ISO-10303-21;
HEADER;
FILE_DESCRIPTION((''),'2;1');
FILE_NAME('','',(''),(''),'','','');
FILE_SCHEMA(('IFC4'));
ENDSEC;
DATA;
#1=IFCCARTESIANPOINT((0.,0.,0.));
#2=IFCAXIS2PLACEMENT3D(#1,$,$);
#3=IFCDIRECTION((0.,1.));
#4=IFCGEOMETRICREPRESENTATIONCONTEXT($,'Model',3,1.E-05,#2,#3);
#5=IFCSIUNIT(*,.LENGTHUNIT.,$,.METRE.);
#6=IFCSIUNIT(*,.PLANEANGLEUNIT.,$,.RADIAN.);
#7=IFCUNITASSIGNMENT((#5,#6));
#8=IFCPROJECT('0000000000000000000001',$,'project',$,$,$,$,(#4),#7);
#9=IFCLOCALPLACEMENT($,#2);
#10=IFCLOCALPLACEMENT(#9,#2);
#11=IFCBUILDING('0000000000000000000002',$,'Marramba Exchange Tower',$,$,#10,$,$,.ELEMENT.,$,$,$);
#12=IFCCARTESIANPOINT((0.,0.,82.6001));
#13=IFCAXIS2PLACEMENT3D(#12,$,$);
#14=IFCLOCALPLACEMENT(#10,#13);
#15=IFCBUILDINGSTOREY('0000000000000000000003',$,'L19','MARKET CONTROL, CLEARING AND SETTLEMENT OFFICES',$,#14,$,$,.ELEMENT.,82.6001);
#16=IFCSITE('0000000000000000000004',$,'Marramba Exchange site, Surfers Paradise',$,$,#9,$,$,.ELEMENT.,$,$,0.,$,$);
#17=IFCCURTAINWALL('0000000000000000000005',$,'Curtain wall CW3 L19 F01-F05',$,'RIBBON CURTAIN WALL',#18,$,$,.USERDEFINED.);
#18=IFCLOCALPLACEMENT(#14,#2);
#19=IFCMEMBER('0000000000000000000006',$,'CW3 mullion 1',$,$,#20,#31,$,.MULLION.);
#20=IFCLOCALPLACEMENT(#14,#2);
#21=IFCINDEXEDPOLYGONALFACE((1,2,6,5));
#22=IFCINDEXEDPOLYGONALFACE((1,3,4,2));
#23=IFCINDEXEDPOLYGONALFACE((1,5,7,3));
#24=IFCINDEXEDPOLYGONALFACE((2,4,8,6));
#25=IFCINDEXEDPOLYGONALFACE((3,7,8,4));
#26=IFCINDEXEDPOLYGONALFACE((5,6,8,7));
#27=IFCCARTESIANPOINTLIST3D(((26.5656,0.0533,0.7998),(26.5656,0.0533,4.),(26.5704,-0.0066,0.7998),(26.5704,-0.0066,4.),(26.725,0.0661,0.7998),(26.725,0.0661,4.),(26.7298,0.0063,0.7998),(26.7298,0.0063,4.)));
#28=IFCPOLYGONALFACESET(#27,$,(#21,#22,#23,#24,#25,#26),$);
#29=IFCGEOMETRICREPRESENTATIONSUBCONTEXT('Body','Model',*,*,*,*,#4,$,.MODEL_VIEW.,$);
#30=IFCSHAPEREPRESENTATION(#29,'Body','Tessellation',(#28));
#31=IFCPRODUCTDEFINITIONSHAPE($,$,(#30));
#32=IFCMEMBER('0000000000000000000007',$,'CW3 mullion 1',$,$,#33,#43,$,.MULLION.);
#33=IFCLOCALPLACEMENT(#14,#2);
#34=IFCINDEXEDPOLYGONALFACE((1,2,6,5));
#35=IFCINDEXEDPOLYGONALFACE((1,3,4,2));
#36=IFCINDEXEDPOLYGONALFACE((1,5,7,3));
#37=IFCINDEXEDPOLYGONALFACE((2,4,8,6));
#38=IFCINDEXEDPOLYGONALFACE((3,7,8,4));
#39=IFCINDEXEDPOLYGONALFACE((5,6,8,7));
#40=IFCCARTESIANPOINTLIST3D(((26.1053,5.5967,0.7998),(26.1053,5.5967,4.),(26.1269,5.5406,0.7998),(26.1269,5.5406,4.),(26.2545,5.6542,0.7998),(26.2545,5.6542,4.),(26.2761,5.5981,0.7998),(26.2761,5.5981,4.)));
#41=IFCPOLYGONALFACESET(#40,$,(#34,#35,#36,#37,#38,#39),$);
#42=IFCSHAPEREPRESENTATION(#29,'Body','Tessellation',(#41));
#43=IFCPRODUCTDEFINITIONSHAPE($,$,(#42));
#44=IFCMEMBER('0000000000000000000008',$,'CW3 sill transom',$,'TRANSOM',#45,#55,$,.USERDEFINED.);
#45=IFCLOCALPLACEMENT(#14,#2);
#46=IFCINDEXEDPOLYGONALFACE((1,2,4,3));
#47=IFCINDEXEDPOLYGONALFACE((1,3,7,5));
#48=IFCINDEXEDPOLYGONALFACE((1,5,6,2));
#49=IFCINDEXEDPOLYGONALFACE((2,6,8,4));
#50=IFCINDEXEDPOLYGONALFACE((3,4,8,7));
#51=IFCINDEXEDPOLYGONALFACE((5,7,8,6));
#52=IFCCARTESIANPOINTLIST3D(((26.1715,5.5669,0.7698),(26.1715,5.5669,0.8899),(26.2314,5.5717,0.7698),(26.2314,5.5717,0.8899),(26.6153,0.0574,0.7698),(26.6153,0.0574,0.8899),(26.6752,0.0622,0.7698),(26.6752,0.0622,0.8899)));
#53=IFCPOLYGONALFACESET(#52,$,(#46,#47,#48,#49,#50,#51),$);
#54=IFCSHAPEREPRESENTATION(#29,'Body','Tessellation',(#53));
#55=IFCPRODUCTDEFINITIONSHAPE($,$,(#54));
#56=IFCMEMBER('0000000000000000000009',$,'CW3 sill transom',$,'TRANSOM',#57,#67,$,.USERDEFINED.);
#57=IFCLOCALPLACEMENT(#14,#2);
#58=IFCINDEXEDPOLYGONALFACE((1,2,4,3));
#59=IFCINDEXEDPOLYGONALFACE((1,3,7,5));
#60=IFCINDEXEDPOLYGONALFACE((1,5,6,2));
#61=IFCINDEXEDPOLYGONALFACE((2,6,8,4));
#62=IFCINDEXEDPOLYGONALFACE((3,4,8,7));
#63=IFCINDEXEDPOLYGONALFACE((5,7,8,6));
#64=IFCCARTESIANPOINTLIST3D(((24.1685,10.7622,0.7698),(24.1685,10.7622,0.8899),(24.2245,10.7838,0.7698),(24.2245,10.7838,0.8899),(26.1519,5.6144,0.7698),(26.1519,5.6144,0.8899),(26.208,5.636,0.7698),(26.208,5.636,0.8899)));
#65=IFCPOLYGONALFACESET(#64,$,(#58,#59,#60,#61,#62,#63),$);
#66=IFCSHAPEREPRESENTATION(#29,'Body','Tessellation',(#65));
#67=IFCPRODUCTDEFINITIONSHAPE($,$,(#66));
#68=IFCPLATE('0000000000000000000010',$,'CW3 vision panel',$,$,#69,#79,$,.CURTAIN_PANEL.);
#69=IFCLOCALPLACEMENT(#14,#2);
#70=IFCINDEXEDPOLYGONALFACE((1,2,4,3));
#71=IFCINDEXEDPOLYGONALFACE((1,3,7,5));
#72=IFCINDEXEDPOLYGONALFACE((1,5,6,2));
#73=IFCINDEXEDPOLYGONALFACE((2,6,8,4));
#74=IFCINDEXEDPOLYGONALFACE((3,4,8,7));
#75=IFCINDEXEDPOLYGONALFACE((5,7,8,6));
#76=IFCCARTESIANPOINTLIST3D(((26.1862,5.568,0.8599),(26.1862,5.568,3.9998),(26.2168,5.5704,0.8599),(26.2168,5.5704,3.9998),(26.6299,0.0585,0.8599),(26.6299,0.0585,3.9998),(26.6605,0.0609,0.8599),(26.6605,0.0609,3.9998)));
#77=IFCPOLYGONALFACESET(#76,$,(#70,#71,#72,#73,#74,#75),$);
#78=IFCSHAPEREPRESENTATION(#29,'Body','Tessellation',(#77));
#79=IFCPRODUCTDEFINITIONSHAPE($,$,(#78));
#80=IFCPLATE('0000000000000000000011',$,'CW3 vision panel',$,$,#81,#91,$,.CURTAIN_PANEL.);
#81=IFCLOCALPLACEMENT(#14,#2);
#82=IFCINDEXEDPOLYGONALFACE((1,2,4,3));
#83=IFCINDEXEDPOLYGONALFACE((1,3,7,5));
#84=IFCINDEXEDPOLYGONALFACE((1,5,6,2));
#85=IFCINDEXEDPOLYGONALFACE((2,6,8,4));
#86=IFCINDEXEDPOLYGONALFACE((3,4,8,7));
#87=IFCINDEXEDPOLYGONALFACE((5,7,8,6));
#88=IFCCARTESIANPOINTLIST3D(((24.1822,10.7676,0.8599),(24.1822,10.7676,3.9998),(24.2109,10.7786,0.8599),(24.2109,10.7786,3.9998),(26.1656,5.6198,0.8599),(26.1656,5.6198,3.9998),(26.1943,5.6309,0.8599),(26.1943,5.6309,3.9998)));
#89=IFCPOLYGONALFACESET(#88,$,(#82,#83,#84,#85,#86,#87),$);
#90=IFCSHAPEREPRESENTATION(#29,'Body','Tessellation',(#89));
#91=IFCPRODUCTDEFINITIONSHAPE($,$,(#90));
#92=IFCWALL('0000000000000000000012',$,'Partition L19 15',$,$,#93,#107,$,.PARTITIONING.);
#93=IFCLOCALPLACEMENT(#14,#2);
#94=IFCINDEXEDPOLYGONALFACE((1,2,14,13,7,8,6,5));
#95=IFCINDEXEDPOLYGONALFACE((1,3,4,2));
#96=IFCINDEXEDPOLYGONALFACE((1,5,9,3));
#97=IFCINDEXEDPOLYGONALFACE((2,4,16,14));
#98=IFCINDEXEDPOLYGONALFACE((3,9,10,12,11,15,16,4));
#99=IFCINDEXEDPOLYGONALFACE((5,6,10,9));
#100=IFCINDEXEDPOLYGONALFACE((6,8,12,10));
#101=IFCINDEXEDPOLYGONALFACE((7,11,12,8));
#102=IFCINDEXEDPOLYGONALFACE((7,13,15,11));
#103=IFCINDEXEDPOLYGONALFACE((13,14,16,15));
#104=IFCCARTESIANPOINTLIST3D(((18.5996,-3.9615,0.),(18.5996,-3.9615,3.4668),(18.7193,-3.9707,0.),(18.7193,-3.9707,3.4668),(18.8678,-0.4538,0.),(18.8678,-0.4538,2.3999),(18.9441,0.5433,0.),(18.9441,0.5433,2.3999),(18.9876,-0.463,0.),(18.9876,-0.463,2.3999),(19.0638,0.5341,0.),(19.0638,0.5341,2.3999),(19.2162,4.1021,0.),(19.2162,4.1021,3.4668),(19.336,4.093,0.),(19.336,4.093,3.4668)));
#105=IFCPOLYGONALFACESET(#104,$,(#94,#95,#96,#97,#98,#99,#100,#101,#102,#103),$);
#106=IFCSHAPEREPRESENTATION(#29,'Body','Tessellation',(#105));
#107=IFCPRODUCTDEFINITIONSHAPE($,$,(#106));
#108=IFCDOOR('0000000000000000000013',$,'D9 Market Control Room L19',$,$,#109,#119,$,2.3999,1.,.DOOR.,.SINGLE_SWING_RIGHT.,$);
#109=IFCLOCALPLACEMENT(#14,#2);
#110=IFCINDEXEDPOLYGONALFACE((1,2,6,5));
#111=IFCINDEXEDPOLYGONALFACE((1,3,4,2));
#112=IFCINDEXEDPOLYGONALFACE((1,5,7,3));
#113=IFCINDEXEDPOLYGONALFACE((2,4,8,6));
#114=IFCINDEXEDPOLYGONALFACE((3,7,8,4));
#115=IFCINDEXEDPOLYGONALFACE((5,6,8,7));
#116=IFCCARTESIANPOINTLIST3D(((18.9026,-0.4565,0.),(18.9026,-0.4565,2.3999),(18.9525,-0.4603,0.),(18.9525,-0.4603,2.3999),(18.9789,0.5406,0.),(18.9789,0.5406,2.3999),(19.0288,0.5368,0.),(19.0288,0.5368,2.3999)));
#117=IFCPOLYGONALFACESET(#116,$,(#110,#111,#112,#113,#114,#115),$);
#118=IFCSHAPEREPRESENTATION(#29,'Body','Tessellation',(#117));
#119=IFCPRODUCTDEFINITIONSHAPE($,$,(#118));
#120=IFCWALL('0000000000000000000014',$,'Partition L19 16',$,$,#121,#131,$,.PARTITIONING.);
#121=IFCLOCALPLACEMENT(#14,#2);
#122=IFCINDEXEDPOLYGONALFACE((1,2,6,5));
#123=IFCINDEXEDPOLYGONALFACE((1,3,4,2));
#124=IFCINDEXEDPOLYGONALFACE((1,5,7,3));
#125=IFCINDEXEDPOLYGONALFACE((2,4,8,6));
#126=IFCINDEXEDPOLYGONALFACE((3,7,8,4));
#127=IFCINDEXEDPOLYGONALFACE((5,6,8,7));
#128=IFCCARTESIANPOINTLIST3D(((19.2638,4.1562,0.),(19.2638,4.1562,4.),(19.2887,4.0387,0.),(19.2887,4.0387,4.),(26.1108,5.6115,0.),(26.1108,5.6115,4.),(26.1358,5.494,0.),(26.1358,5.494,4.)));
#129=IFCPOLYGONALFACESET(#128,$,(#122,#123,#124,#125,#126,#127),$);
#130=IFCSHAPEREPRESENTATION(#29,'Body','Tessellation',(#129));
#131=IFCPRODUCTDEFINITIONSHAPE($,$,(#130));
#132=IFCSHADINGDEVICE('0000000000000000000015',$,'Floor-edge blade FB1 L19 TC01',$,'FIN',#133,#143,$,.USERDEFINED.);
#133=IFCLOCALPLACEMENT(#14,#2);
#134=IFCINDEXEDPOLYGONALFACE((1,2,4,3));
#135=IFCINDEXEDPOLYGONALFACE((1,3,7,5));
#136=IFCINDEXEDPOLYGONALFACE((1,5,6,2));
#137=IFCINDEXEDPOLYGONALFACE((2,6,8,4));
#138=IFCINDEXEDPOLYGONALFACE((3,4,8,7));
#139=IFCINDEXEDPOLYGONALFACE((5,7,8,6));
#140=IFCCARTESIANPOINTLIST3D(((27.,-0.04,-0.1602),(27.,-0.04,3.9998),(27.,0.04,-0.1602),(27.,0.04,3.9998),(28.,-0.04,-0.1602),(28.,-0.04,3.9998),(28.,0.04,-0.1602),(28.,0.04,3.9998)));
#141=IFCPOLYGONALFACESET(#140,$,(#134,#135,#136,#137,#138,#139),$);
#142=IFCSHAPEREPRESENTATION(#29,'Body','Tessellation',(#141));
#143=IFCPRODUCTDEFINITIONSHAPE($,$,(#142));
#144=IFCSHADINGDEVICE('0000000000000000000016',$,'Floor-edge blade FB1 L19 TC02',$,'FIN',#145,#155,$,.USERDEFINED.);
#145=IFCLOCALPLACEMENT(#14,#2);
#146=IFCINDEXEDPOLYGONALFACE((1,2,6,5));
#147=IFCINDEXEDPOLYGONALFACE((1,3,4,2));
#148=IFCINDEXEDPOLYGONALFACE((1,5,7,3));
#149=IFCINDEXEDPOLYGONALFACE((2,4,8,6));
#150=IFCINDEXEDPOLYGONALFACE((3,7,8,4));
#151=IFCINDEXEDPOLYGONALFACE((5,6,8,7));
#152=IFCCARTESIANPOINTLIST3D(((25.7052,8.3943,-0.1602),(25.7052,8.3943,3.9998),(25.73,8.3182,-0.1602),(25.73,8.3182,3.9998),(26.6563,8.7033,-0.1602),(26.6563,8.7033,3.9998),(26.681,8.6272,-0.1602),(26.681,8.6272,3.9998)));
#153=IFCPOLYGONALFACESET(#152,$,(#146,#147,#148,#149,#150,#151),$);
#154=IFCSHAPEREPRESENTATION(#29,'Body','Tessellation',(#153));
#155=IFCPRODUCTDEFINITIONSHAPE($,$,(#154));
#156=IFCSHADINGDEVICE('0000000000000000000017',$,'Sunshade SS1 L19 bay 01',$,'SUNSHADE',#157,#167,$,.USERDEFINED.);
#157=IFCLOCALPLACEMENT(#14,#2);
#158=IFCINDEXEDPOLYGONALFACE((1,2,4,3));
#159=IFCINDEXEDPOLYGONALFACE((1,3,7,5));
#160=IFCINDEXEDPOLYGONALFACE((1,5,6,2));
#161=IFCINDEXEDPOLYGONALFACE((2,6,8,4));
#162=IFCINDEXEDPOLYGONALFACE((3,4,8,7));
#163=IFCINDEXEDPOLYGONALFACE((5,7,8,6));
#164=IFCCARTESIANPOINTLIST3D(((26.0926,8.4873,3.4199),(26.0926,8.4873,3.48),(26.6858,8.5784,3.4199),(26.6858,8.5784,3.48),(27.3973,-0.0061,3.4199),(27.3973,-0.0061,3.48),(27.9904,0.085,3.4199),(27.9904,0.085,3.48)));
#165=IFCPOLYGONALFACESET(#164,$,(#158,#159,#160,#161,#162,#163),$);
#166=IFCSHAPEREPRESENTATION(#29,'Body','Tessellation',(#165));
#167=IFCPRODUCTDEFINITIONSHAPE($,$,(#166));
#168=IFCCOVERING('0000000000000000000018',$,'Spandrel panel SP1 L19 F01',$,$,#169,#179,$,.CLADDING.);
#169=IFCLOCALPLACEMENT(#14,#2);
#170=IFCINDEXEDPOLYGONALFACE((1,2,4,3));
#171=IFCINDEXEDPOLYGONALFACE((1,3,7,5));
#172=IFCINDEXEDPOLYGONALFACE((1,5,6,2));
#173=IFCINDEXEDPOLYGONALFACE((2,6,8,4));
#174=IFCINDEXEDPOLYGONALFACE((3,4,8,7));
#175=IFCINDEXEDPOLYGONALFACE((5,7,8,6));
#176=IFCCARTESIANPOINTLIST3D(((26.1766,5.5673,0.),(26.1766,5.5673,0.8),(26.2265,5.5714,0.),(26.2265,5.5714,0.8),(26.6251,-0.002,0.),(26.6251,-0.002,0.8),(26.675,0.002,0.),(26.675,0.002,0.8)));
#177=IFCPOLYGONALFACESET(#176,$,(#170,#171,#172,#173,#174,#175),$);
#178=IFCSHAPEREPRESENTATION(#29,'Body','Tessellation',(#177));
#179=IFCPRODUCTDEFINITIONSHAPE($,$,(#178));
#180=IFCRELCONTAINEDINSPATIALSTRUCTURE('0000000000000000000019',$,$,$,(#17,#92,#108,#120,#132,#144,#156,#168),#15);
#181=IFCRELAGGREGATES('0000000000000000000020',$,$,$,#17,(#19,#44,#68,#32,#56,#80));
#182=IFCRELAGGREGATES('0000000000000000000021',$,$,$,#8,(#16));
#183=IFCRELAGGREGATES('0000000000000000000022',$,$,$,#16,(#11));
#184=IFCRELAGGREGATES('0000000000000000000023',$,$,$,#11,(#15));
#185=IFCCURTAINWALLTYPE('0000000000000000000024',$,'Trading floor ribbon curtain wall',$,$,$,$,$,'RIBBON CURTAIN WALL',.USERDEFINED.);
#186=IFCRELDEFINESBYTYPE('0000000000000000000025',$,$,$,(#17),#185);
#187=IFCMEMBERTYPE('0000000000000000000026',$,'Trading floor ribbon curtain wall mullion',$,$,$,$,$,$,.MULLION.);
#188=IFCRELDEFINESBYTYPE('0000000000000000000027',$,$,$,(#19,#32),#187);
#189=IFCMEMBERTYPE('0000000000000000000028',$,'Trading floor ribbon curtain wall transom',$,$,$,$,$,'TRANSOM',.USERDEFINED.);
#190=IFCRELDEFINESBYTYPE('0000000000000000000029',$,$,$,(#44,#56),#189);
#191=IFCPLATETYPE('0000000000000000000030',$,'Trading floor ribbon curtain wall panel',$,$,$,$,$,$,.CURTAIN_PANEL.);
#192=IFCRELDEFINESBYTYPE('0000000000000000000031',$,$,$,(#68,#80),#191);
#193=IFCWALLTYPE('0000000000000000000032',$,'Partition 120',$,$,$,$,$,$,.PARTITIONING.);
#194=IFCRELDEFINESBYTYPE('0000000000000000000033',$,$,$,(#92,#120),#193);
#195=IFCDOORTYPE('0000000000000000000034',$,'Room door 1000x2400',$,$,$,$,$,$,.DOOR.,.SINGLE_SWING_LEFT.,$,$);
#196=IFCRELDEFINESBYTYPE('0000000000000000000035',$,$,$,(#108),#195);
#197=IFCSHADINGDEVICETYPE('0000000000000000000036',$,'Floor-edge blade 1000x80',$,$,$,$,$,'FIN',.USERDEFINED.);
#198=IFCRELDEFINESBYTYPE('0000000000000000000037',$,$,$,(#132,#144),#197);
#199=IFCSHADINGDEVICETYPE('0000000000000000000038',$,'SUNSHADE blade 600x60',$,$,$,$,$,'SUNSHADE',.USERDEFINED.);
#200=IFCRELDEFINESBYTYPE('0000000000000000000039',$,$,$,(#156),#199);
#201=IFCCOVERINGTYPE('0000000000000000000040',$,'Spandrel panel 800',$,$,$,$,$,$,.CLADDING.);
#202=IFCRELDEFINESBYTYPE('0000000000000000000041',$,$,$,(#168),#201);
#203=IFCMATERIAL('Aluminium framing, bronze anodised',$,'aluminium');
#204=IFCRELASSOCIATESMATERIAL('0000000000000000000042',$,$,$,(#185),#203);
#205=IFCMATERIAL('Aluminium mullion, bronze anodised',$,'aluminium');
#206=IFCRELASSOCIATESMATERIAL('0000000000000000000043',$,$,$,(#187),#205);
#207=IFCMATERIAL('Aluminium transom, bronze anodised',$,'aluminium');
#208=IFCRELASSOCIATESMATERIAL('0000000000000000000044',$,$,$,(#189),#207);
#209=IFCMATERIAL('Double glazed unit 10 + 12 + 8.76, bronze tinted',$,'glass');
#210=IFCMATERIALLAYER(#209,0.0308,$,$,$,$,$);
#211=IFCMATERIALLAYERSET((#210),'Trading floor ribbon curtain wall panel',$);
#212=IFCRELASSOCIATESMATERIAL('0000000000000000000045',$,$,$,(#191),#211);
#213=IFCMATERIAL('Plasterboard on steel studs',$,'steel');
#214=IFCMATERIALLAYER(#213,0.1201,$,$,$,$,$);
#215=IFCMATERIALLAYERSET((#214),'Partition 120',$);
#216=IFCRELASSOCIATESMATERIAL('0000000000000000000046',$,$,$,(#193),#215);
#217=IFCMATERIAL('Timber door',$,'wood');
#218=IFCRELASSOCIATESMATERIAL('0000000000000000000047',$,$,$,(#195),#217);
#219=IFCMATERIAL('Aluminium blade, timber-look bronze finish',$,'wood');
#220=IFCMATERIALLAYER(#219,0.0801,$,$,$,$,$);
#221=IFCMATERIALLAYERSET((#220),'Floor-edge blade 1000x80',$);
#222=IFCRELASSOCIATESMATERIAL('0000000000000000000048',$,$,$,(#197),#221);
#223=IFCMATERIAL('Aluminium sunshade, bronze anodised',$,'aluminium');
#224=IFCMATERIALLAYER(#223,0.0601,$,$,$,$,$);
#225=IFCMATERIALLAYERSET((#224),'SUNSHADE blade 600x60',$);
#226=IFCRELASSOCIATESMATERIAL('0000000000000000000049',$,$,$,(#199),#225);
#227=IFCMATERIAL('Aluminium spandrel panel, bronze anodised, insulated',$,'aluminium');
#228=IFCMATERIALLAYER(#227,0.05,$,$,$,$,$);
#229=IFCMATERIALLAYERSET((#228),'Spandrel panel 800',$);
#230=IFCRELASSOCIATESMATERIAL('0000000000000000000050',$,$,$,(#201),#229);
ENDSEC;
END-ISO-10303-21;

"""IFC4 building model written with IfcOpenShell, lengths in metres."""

from ifc_helpers import new_model, si_unit, direction, frame, frame_2d, origin, origin_2d, place, context, subcontext, project, spatial, rectangle, extrude, material, layer, layer_set, material_profile, profile_set, type_object, element, fill, aggregate, save


model = new_model("IFC4")

# Units and contexts
model_context = context("Model", 3, precision=1e-05, world=origin(), true_north=direction((0.0, 1.0)))
body_context = subcontext(model_context, "Body", "Model", "MODEL_VIEW")
ifc_project = project(units=[si_unit("LENGTHUNIT", "METRE"), si_unit("PLANEANGLEUNIT", "RADIAN")], contexts=[model_context])

# Site, building, storey
site_placement = place(None, origin())
site = spatial("IfcSite", under=ifc_project, at=site_placement, Name="Marramba Exchange site, Surfers Paradise", CompositionType="ELEMENT", RefElevation=0.0)
building_placement = place(site_placement, origin())
building = spatial("IfcBuilding", under=site, at=building_placement, Name="Marramba Exchange Tower", CompositionType="ELEMENT")
storey_placement = place(building_placement, frame((0.0, 0.0, 82.6001)))
storey = spatial("IfcBuildingStorey", under=building, at=storey_placement, Name="L19", Description="MARKET CONTROL, CLEARING AND SETTLEMENT OFFICES", CompositionType="ELEMENT", Elevation=82.6001)

# Curtain wall, members, plates
ifc_material_1 = material(Name="Aluminium framing, bronze anodised", Category="aluminium")
curtain_wall_type = type_object("IfcCurtainWallType", Name="Trading floor ribbon curtain wall", ElementType="RIBBON CURTAIN WALL", PredefinedType="USERDEFINED", material=ifc_material_1)
curtain_wall_placement = place(storey_placement, origin())
curtain_wall = element("IfcCurtainWall", 1, at=curtain_wall_placement, inside=storey, type_object=curtain_wall_type, Name="Curtain wall CW3 L19 F01-F05", ObjectType="RIBBON CURTAIN WALL", PredefinedType="USERDEFINED")
ifc_material_2 = material(Name="Aluminium mullion, bronze anodised", Category="aluminium")
ifc_material_profile_1 = material_profile(ifc_material_2, rectangle(XDim=0.1599, YDim=0.0601, at=origin_2d()), Name="CW3 mullion 60x160")
ifc_profile_set_1 = profile_set([ifc_material_profile_1], Name="Aluminium mullion, bronze anodised")
member_type_1 = type_object("IfcMemberType", Name="Trading floor ribbon curtain wall mullion", PredefinedType="MULLION", material=ifc_profile_set_1)
member_1_placement = place(storey_placement, frame((26.6477, 0.0298, 0.7998), z_axis=(0.0, 0.0, 1.0), x_axis=(-0.996773, -0.080275, 0.0)))
member_1 = element("IfcMember", 2, at=member_1_placement, type_object=member_type_1, Name="CW3 mullion 1", PredefinedType="MULLION", context=body_context, shape_type="SweptSolid", body=[
    extrude(rectangle(XDim=0.1599, YDim=0.0601, at=origin_2d()), origin(), (0.0, 0.0, 1.0), 3.2002),
])
member_2_placement = place(storey_placement, frame((26.1907, 5.5974, 0.7998), z_axis=(0.0, 0.0, 1.0), x_axis=(-0.933135, -0.359526, 0.0)))
member_2 = element("IfcMember", 3, at=member_2_placement, type_object=member_type_1, Name="CW3 mullion 1", PredefinedType="MULLION", context=body_context, shape_type="SweptSolid", body=[
    extrude(rectangle(XDim=0.1599, YDim=0.0601, at=origin_2d()), origin(), (0.0, 0.0, 1.0), 3.2002),
])
ifc_material_3 = material(Name="Aluminium transom, bronze anodised", Category="aluminium")
ifc_material_profile_2 = material_profile(ifc_material_3, rectangle(XDim=0.0601, YDim=0.1201, at=origin_2d()), Name="CW3 transom 60x120")
ifc_profile_set_2 = profile_set([ifc_material_profile_2], Name="Aluminium transom, bronze anodised")
member_type_2 = type_object("IfcMemberType", Name="Trading floor ribbon curtain wall transom", ElementType="TRANSOM", PredefinedType="USERDEFINED", material=ifc_profile_set_2)
member_3_placement = place(storey_placement, frame((26.6453, 0.0598, 0.8298), z_axis=(-0.0803, 0.996771, 0.0), x_axis=(-0.996771, -0.0803, 0.0)))
member_3 = element("IfcMember", 4, at=member_3_placement, type_object=member_type_2, Name="CW3 sill transom", ObjectType="TRANSOM", PredefinedType="USERDEFINED", context=body_context, shape_type="SweptSolid", body=[
    extrude(rectangle(XDim=0.0601, YDim=0.1201, at=origin_2d()), origin(), (0.0, 0.0, 1.0), 5.5273),
])
member_4_placement = place(storey_placement, frame((26.1799, 5.6252, 0.8298), z_axis=(-0.359534, 0.933132, 0.0), x_axis=(-0.933132, -0.359534, 0.0)))
member_4 = element("IfcMember", 5, at=member_4_placement, type_object=member_type_2, Name="CW3 sill transom", ObjectType="TRANSOM", PredefinedType="USERDEFINED", context=body_context, shape_type="SweptSolid", body=[
    extrude(rectangle(XDim=0.0601, YDim=0.1201, at=origin_2d()), origin(), (0.0, 0.0, 1.0), 5.5166),
])
ifc_material_4 = material(Name="Double glazed unit 10 + 12 + 8.76, bronze tinted", Category="glass")
ifc_layer_1 = layer(ifc_material_4, 0.0308)
ifc_layer_set_1 = layer_set([ifc_layer_1], Name="Trading floor ribbon curtain wall panel")
plate_type = type_object("IfcPlateType", Name="Trading floor ribbon curtain wall panel", PredefinedType="CURTAIN_PANEL", material=ifc_layer_set_1)
plate_1_placement = place(storey_placement, frame((26.4233, 2.8145, 0.8599), z_axis=(0.0, 0.0, 1.0), x_axis=(-0.080275, 0.996773, 0.0)))
plate_1 = element("IfcPlate", 6, at=plate_1_placement, type_object=plate_type, Name="CW3 vision panel", PredefinedType="CURTAIN_PANEL", context=body_context, shape_type="SweptSolid", body=[
    extrude(rectangle(XDim=5.5273, YDim=0.0308, at=origin_2d()), origin(), (0.0, 0.0, 1.0), 3.1399),
])
plate_2_placement = place(storey_placement, frame((25.1882, 8.1992, 0.8599), z_axis=(0.0, 0.0, 1.0), x_axis=(-0.359526, 0.933135, 0.0)))
plate_2 = element("IfcPlate", 7, at=plate_2_placement, type_object=plate_type, Name="CW3 vision panel", PredefinedType="CURTAIN_PANEL", context=body_context, shape_type="SweptSolid", body=[
    extrude(rectangle(XDim=5.5166, YDim=0.0308, at=origin_2d()), origin(), (0.0, 0.0, 1.0), 3.1399),
])
aggregate(curtain_wall, [member_1, member_3, plate_1, member_2, member_4, plate_2])

# Wall, opening, door
ifc_material_5 = material(Name="Plasterboard on steel studs", Category="steel")
ifc_layer_2 = layer(ifc_material_5, 0.1201)
ifc_layer_set_2 = layer_set([ifc_layer_2], Name="Partition 120")
wall_type = type_object("IfcWallType", Name="Partition 120", PredefinedType="PARTITIONING", material=ifc_layer_set_2)
wall_1_placement = place(storey_placement, frame((19.2761, 4.0974, 0.0), z_axis=(0.0, 0.0, 1.0), x_axis=(-0.076256, -0.997088, 0.0)))
wall_1 = element("IfcWall", 8, at=wall_1_placement, inside=storey, type_object=wall_type, Name="Partition L19 15", PredefinedType="PARTITIONING", context=body_context, shape_type="SweptSolid", body=[
    extrude(rectangle(XDim=8.0872, YDim=0.1201, at=frame_2d((4.0435, 0.0))), origin(), (0.0, 0.0, 1.0), 3.4668),
])
opening_placement = place(wall_1_placement, frame((3.5691, 0.0, 0.0)))
opening = element("IfcOpeningElement", 9, at=opening_placement, cuts=wall_1, PredefinedType="OPENING", context=body_context, shape_type="SweptSolid", body=[
    extrude(rectangle(XDim=1.0, YDim=2.3999, at=frame_2d((0.5, 1.2))), frame((0.0, 0.0701, 0.0), z_axis=(0.0, -1.0, 0.0), x_axis=(1.0, 0.0, 0.0)), (0.0, 0.0, 1.0), 0.1401),
])
ifc_material_6 = material(Name="Timber door", Category="wood")
door_type = type_object("IfcDoorType", Name="Room door 1000x2400", OperationType="SINGLE_SWING_LEFT", PredefinedType="DOOR", material=ifc_material_6)
door_placement = place(opening_placement, origin())
door = element("IfcDoor", 10, at=door_placement, inside=storey, type_object=door_type, Name="D9 Market Control Room L19", OperationType="SINGLE_SWING_RIGHT", OverallHeight=2.3999, OverallWidth=1.0, PredefinedType="DOOR", context=body_context, shape_type="SweptSolid", body=[
    extrude(rectangle(XDim=1.0, YDim=2.3999, at=frame_2d((0.5, 1.2))), frame((0.0, 0.0249, 0.0), z_axis=(0.0, -1.0, 0.0), x_axis=(1.0, 0.0, 0.0)), (0.0, 0.0, 1.0), 0.05),
])
fill(opening, door)

# Wall
wall_2_placement = place(storey_placement, frame((26.1233, 5.5527, 0.0), z_axis=(0.0, 0.0, 1.0), x_axis=(-0.97815, -0.2079, 0.0)))
element("IfcWall", 11, at=wall_2_placement, inside=storey, type_object=wall_type, Name="Partition L19 16", PredefinedType="PARTITIONING", context=body_context, shape_type="SweptSolid", body=[
    extrude(rectangle(XDim=7.0, YDim=0.1201, at=frame_2d((3.5, 0.0))), origin(), (0.0, 0.0, 1.0), 4.0),
])

# Shading devices
ifc_material_7 = material(Name="Aluminium blade, timber-look bronze finish", Category="wood")
ifc_layer_3 = layer(ifc_material_7, 0.0801)
ifc_layer_set_3 = layer_set([ifc_layer_3], Name="Floor-edge blade 1000x80")
shading_device_type_1 = type_object("IfcShadingDeviceType", Name="Floor-edge blade 1000x80", ElementType="FIN", PredefinedType="USERDEFINED", material=ifc_layer_set_3)
for number, where, z_axis, x_axis, name in (
    (12, (27.5, 0.0, -0.1602), (0.0, 0.0, 1.0), (1.0, 0.0, 0.0), "Floor-edge blade FB1 L19 TC01"),
    (13, (26.1931, 8.5107, -0.1602), (0.0, 0.0, 1.0), (0.951057, 0.309017, 0.0), "Floor-edge blade FB1 L19 TC02"),
):
    element("IfcShadingDevice", number, at=place(storey_placement, frame(where, z_axis=z_axis, x_axis=x_axis)), inside=storey, type_object=shading_device_type_1, Name=name, ObjectType="FIN", PredefinedType="USERDEFINED", context=body_context, shape_type="SweptSolid", body=[
        extrude(rectangle(XDim=1.0, YDim=0.0801, at=origin_2d()), origin(), (0.0, 0.0, 1.0), 4.1599),
    ])
ifc_material_8 = material(Name="Aluminium sunshade, bronze anodised", Category="aluminium")
ifc_layer_4 = layer(ifc_material_8, 0.0601)
ifc_layer_set_4 = layer_set([ifc_layer_4], Name="SUNSHADE blade 600x60")
shading_device_type_2 = type_object("IfcShadingDeviceType", Name="SUNSHADE blade 600x60", ElementType="SUNSHADE", PredefinedType="USERDEFINED", material=ifc_layer_set_4)
shading_device_placement = place(storey_placement, frame((27.0415, 4.2861, 3.4199), z_axis=(0.0, 0.0, 1.0), x_axis=(-0.151825, 0.988407, 0.0)))
element("IfcShadingDevice", 14, at=shading_device_placement, inside=storey, type_object=shading_device_type_2, Name="Sunshade SS1 L19 bay 01", ObjectType="SUNSHADE", PredefinedType="USERDEFINED", context=body_context, shape_type="SweptSolid", body=[
    extrude(rectangle(XDim=8.593, YDim=0.6001, at=origin_2d()), origin(), (0.0, 0.0, 1.0), 0.0601),
])

# Covering
ifc_material_9 = material(Name="Aluminium spandrel panel, bronze anodised, insulated", Category="aluminium")
ifc_layer_5 = layer(ifc_material_9, 0.05)
ifc_layer_set_5 = layer_set([ifc_layer_5], Name="Spandrel panel 800")
covering_type = type_object("IfcCoveringType", Name="Spandrel panel 800", PredefinedType="CLADDING", material=ifc_layer_set_5)
covering_1_placement = place(storey_placement, frame((26.4258, 2.7847, 0.0), z_axis=(0.0, 0.0, 1.0), x_axis=(-0.080275, 0.996773, 0.0)))
element("IfcCovering", 15, at=covering_1_placement, inside=storey, type_object=covering_type, Name="Spandrel panel SP1 L19 F01", PredefinedType="CLADDING", context=body_context, shape_type="SweptSolid", body=[
    extrude(rectangle(XDim=5.5874, YDim=0.05, at=origin_2d()), origin(), (0.0, 0.0, 1.0), 0.8),
])

save(model, "model.ifc")
